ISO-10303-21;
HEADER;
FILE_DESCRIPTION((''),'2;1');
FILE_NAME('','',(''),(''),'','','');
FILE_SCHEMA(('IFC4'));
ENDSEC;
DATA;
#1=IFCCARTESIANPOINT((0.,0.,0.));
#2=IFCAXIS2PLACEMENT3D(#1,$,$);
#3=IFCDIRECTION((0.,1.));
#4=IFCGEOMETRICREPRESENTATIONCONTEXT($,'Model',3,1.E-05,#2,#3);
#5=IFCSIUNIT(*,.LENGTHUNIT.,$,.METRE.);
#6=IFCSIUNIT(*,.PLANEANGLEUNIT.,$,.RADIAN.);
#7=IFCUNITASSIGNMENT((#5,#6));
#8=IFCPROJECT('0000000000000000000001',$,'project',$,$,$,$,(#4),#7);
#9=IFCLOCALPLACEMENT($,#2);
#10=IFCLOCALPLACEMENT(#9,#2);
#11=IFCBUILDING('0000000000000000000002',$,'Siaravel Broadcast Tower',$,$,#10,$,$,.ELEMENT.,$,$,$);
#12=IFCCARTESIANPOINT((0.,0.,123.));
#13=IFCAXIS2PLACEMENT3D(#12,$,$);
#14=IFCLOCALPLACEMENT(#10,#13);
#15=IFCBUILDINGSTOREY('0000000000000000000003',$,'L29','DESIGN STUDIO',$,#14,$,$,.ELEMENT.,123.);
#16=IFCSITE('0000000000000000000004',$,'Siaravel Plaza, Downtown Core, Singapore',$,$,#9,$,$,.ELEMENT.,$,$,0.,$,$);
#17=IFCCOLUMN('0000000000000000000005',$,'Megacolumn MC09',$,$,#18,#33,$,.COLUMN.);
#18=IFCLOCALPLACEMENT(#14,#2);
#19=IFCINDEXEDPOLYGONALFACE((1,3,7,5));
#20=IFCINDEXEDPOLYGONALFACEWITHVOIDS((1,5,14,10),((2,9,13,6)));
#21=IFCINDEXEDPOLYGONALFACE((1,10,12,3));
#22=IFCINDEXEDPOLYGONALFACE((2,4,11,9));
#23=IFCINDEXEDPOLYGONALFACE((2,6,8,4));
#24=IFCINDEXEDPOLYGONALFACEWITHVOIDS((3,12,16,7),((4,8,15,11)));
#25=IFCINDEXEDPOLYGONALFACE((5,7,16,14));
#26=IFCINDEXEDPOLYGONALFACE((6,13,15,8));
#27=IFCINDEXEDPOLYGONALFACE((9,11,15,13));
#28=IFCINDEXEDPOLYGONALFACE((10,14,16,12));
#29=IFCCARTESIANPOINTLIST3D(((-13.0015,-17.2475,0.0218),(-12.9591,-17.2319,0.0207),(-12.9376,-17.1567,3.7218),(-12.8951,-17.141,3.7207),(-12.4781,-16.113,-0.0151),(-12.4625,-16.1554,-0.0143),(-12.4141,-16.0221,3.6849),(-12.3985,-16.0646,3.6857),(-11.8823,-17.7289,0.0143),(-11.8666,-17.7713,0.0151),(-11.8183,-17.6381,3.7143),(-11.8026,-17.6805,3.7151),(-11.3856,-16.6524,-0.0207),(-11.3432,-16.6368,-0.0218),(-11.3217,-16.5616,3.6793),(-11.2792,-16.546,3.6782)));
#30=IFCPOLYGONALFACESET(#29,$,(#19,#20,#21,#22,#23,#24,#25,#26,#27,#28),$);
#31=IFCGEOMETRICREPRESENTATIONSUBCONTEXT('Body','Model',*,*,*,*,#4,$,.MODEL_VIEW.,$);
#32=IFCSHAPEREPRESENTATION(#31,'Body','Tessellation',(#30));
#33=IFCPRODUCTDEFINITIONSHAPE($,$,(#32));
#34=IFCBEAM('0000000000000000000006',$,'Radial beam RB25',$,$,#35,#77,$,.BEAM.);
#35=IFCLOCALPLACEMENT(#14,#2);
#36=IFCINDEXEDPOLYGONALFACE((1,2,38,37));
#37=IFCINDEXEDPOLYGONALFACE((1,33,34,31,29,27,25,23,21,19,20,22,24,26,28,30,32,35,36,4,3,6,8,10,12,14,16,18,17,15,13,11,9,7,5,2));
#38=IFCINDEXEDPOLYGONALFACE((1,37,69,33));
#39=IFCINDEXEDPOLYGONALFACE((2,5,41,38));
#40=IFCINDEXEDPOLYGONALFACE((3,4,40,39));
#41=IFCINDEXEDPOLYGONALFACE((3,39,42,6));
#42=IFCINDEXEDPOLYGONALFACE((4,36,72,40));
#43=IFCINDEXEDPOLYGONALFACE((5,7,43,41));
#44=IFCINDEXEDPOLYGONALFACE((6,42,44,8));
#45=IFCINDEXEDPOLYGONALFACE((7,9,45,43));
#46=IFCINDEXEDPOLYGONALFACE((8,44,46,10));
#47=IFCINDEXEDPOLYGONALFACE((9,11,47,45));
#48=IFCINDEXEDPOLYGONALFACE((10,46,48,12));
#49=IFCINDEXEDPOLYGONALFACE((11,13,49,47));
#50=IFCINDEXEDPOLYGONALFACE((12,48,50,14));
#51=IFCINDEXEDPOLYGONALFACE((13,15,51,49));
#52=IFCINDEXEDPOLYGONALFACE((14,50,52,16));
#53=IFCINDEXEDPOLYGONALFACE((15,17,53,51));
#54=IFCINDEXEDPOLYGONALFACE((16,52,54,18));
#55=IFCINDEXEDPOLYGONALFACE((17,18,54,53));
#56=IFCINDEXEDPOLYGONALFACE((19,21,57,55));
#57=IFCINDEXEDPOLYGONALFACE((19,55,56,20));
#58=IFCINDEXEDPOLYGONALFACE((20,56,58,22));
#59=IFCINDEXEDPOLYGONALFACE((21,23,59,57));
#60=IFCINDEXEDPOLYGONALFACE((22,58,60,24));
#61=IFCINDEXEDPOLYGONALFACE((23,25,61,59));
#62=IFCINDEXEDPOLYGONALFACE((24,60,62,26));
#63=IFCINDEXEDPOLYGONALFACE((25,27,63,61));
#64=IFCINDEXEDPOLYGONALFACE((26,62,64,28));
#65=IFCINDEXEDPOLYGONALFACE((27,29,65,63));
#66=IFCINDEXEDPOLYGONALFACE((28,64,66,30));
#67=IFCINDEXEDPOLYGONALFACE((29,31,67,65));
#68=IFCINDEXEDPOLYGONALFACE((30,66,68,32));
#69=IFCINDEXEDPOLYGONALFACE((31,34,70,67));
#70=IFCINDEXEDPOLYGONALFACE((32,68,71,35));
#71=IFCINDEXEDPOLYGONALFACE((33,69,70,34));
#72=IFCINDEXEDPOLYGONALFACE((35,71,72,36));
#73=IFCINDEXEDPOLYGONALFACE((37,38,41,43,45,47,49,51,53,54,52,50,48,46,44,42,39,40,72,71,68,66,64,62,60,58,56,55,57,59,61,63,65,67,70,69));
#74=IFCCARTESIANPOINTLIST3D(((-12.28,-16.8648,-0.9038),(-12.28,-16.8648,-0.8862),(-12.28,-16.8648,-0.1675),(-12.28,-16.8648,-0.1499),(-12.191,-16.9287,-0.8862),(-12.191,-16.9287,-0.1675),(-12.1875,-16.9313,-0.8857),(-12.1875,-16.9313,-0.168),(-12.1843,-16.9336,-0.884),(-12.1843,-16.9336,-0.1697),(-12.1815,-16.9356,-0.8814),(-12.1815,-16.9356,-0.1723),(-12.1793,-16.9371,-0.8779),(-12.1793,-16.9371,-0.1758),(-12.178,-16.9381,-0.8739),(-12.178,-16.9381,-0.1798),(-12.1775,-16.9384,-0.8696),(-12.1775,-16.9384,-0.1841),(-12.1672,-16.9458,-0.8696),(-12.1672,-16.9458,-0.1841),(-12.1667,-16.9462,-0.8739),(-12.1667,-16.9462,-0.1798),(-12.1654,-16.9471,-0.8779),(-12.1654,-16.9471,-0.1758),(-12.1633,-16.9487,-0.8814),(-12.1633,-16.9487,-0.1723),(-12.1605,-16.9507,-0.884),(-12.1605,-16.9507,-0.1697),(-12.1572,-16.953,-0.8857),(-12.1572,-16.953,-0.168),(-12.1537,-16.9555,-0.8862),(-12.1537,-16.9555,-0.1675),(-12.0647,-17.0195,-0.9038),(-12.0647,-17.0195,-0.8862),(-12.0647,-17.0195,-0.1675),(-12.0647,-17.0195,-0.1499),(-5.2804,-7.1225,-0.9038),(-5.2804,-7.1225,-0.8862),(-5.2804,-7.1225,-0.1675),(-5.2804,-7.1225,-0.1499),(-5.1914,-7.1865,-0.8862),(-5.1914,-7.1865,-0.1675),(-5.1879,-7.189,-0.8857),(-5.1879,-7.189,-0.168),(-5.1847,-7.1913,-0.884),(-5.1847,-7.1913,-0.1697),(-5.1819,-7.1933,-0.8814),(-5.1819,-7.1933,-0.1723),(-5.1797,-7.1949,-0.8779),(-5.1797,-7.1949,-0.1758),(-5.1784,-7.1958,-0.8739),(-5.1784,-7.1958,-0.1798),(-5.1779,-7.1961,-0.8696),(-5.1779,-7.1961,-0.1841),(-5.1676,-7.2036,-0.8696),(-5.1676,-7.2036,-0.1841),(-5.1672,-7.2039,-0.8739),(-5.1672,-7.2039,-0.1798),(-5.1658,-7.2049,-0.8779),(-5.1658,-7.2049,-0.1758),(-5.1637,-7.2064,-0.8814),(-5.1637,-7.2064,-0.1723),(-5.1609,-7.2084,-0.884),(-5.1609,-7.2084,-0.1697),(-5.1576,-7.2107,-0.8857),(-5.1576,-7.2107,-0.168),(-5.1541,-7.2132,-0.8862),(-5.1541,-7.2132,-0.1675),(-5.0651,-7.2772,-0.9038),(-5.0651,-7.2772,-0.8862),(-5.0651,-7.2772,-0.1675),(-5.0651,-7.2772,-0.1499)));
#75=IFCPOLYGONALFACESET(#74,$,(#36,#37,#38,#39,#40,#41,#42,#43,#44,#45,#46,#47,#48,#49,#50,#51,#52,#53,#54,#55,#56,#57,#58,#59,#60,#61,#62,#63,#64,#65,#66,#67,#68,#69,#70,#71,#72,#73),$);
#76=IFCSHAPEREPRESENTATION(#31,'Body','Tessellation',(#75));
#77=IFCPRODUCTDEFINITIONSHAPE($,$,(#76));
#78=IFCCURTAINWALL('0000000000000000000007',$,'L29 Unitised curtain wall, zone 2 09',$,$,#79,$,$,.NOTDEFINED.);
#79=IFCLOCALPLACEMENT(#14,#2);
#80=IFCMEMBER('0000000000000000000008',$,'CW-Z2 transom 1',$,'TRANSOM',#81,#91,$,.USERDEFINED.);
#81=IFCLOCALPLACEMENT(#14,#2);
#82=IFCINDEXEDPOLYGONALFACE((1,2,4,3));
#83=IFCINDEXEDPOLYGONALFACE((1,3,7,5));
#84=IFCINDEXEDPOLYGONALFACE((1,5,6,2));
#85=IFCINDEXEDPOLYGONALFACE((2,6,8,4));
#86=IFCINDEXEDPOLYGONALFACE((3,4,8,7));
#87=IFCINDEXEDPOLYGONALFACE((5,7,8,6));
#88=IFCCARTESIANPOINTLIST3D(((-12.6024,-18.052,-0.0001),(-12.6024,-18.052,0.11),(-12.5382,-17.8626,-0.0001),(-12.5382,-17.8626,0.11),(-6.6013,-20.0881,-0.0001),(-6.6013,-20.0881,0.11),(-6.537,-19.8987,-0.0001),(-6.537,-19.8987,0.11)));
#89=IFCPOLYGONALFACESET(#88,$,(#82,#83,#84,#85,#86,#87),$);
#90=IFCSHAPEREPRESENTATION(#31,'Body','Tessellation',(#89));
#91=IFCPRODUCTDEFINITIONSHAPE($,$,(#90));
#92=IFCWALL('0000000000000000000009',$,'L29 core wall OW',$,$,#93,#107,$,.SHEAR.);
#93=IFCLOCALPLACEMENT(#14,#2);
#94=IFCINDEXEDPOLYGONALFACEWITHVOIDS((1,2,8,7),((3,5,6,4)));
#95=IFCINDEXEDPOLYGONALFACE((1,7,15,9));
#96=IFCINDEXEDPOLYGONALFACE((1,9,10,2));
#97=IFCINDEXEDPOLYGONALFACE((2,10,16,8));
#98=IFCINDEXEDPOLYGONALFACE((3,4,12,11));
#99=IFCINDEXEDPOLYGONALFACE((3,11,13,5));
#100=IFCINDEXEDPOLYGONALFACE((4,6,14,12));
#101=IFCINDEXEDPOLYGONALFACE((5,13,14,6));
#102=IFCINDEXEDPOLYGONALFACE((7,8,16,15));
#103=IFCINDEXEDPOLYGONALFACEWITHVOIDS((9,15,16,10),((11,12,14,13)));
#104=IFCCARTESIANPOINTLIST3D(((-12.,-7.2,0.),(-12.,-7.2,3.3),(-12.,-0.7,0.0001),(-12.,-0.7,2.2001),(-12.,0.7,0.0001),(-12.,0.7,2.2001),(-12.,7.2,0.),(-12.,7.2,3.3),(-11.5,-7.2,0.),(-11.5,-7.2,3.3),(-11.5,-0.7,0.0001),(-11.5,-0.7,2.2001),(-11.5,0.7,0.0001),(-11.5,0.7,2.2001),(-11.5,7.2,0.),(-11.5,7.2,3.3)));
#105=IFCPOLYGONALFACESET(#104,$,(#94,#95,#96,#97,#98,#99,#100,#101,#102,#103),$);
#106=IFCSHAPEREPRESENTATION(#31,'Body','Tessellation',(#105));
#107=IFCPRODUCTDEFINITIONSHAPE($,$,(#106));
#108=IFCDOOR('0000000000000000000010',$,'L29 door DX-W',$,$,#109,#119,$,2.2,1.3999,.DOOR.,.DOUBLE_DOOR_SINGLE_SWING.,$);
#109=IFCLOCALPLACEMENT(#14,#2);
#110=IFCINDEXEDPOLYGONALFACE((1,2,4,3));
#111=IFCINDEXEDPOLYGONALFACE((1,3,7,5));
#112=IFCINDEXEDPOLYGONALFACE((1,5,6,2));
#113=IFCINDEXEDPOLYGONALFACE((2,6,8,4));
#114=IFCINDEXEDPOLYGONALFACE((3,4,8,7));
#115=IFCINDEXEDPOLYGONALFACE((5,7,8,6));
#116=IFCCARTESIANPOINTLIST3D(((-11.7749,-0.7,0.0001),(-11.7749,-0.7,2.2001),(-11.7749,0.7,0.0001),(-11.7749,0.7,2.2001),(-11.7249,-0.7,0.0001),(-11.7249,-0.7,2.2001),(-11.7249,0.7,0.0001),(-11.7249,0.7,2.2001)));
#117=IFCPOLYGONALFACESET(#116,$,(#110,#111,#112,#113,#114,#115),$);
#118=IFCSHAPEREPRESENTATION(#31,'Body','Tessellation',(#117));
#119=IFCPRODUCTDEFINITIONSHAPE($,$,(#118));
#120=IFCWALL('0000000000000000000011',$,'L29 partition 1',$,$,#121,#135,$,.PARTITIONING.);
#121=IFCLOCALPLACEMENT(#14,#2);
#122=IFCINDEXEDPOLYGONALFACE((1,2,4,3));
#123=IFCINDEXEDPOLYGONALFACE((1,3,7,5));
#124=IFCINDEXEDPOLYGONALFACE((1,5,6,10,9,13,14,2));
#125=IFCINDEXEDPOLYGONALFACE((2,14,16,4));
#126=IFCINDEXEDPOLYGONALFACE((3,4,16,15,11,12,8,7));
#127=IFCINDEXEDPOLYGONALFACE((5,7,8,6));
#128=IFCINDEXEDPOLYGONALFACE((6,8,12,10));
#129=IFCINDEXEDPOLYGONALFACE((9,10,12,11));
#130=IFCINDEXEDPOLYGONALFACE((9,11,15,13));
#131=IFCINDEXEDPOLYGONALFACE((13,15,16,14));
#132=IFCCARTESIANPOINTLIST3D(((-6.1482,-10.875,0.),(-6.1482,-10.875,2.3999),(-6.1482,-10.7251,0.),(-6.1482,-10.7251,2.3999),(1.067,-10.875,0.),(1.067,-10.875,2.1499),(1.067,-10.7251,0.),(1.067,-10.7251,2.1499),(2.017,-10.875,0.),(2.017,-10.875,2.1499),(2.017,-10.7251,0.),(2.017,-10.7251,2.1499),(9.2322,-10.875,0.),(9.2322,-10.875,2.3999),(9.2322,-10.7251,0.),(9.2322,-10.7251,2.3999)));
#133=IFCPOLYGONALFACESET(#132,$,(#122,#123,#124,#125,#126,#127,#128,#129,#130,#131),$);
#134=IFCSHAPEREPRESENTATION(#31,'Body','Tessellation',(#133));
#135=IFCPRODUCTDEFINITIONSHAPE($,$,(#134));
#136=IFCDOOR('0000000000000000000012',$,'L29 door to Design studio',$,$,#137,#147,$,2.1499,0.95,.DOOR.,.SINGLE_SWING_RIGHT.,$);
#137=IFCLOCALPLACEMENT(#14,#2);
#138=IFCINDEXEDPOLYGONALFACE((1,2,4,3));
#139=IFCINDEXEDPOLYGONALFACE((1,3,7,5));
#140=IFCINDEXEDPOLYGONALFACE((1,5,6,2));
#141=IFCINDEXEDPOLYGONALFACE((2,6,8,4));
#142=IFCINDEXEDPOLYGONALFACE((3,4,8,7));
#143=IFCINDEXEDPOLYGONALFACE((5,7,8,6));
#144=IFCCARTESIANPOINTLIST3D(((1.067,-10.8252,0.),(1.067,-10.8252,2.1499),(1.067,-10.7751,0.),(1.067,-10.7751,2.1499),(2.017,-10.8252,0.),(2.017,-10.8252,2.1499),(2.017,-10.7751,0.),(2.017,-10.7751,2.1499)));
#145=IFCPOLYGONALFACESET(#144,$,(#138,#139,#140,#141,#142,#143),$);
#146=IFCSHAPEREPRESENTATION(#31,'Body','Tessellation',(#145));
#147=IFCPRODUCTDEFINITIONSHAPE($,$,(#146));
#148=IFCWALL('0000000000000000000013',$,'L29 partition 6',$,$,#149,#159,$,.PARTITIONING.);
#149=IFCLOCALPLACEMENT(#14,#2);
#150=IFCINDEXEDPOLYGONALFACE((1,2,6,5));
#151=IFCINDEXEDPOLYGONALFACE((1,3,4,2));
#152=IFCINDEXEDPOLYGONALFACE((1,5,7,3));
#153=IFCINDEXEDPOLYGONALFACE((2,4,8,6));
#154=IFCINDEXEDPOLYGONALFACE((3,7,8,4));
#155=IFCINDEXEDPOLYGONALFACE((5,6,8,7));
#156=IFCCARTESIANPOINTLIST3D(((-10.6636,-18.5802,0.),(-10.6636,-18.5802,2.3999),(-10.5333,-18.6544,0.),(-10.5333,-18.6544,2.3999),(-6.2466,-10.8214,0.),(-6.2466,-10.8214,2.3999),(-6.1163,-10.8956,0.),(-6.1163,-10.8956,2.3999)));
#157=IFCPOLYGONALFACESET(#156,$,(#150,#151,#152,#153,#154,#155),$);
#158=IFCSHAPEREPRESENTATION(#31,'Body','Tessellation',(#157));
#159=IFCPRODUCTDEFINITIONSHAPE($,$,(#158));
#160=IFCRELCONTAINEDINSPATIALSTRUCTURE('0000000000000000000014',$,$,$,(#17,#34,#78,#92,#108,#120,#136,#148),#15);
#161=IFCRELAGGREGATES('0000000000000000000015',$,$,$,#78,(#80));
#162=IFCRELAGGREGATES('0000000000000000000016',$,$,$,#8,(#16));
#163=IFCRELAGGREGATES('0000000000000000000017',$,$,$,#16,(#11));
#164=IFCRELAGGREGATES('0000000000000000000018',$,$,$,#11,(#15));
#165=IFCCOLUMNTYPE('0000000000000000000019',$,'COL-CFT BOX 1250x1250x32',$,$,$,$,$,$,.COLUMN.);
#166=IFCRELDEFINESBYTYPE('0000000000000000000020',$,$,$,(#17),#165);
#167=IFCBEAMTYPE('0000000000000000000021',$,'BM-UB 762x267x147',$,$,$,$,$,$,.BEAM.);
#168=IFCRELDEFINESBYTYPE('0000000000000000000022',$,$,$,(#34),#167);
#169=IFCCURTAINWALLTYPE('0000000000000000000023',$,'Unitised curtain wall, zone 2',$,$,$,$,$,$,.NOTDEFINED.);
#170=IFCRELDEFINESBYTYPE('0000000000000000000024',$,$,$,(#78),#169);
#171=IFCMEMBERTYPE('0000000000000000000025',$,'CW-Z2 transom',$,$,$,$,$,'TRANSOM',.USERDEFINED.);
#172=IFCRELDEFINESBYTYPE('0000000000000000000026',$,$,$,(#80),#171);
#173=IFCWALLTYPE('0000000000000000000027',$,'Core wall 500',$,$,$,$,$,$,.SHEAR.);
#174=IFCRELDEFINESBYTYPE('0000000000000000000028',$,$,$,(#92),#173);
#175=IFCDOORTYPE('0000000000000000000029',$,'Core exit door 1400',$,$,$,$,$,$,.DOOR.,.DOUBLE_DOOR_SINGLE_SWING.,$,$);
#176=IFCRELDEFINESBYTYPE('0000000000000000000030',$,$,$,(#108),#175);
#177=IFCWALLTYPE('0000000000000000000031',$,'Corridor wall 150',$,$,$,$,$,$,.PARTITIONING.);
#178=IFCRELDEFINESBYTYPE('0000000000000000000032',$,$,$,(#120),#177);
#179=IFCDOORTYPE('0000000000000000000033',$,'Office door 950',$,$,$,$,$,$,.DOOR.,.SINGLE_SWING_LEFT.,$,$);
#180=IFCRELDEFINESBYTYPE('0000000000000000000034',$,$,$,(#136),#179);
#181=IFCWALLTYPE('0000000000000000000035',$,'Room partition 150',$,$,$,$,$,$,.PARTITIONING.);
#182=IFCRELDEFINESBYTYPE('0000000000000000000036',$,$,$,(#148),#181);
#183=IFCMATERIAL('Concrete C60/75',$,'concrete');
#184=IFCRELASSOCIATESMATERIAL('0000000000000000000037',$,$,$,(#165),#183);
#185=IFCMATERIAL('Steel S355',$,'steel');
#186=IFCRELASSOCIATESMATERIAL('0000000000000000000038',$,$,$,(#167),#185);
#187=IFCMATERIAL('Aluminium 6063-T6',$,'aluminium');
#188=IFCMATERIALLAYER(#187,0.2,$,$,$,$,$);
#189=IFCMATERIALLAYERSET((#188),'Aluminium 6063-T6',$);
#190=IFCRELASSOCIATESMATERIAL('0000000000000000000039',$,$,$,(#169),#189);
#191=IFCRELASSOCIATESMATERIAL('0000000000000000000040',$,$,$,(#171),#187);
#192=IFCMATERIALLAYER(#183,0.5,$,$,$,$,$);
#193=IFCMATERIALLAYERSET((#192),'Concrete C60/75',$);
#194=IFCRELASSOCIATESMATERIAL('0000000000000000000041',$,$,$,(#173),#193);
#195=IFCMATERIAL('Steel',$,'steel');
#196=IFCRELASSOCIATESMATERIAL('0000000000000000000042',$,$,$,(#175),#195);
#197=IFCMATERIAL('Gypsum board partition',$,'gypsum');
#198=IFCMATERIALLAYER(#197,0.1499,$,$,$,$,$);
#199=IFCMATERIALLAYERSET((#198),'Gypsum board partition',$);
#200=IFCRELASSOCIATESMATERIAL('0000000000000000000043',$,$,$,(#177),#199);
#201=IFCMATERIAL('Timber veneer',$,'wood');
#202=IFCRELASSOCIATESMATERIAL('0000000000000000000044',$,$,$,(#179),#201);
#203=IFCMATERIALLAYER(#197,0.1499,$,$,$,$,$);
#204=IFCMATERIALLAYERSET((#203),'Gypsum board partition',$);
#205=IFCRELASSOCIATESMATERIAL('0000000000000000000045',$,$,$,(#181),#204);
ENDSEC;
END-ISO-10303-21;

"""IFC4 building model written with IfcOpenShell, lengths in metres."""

from ifc_helpers import new_model, si_unit, direction, frame, frame_2d, origin, origin_2d, place, context, subcontext, project, spatial, rectangle, hollow_rectangle, i_section, extrude, material, layer, layer_set, material_profile, profile_set, type_object, element, fill, aggregate, save


model = new_model("IFC4")

# Units and contexts
model_context = context("Model", 3, precision=1e-05, world=origin(), true_north=direction((0.0, 1.0)))
body_context = subcontext(model_context, "Body", "Model", "MODEL_VIEW")
ifc_project = project(units=[si_unit("LENGTHUNIT", "METRE"), si_unit("PLANEANGLEUNIT", "RADIAN")], contexts=[model_context])

# Site, building, storey
site_placement = place(None, origin())
site = spatial("IfcSite", under=ifc_project, at=site_placement, Name="Siaravel Plaza, Downtown Core, Singapore", CompositionType="ELEMENT", RefElevation=0.0)
building_placement = place(site_placement, origin())
building = spatial("IfcBuilding", under=site, at=building_placement, Name="Siaravel Broadcast Tower", CompositionType="ELEMENT")
storey_placement = place(building_placement, frame((0.0, 0.0, 123.0)))
storey = spatial("IfcBuildingStorey", under=building, at=storey_placement, Name="L29", Description="DESIGN STUDIO", CompositionType="ELEMENT", Elevation=123.0)

# Column
ifc_material_1 = material(Name="Concrete C60/75", Category="concrete")
ifc_material_profile_1 = material_profile(ifc_material_1, hollow_rectangle(XDim=1.25, YDim=1.25, WallThickness=0.032, at=origin_2d()))
ifc_profile_set_1 = profile_set([ifc_material_profile_1], Name="Concrete C60/75")
column_type = type_object("IfcColumnType", Name="COL-CFT BOX 1250x1250x32", PredefinedType="COLUMN", material=ifc_profile_set_1)
column_placement = place(storey_placement, frame((-12.1724, -16.9421, 0.0), z_axis=(0.01728, 0.024535, 0.99955), x_axis=(-0.907942, 0.41906, 0.00541)))
element("IfcColumn", 1, at=column_placement, inside=storey, type_object=column_type, Name="Megacolumn MC09", PredefinedType="COLUMN", context=body_context, shape_type="SweptSolid", body=[
    extrude(hollow_rectangle(XDim=1.25, YDim=1.25, WallThickness=0.032, at=origin_2d()), origin(), (0.0, 0.0, 1.0), 3.7017),
])

# Beam
ifc_material_2 = material(Name="Steel S355", Category="steel")
ifc_material_profile_2 = material_profile(ifc_material_2, i_section(OverallWidth=0.2651, OverallDepth=0.7539, WebThickness=0.0127, FlangeThickness=0.0176, FilletRadius=0.0166, at=origin_2d()))
ifc_profile_set_2 = profile_set([ifc_material_profile_2], Name="Steel S355")
beam_type = type_object("IfcBeamType", Name="BM-UB 762x267x147", PredefinedType="BEAM", material=ifc_profile_set_2)
beam_placement = place(storey_placement, frame((-12.1724, -16.9421, -0.5269), z_axis=(0.583488, 0.812121, 0.0), x_axis=(-0.812121, 0.583488, 0.0)))
element("IfcBeam", 2, at=beam_placement, inside=storey, type_object=beam_type, Name="Radial beam RB25", PredefinedType="BEAM", context=body_context, shape_type="SweptSolid", body=[
    extrude(i_section(OverallWidth=0.2651, OverallDepth=0.7539, WebThickness=0.0127, FlangeThickness=0.0176, FilletRadius=0.0166, at=origin_2d()), origin(), (0.0, 0.0, 1.0), 11.9961),
])

# Curtain wall, member
ifc_material_3 = material(Name="Aluminium 6063-T6", Category="aluminium")
ifc_layer_1 = layer(ifc_material_3, 0.2)
ifc_layer_set_1 = layer_set([ifc_layer_1], Name="Aluminium 6063-T6")
curtain_wall_type = type_object("IfcCurtainWallType", Name="Unitised curtain wall, zone 2", PredefinedType="NOTDEFINED", material=ifc_layer_set_1)
curtain_wall_placement = place(storey_placement, origin())
curtain_wall = element("IfcCurtainWall", 3, at=curtain_wall_placement, inside=storey, type_object=curtain_wall_type, Name="L29 Unitised curtain wall, zone 2 09", PredefinedType="NOTDEFINED")
ifc_material_profile_3 = material_profile(ifc_material_3, rectangle(XDim=0.2, YDim=0.1101, at=origin_2d()))
ifc_profile_set_3 = profile_set([ifc_material_profile_3], Name="Aluminium 6063-T6")
member_type = type_object("IfcMemberType", Name="CW-Z2 transom", ElementType="TRANSOM", PredefinedType="USERDEFINED", material=ifc_profile_set_3)
member_placement = place(storey_placement, frame((-12.5703, -17.9573, 0.0549), z_axis=(0.946978, -0.321297, 0.0), x_axis=(0.321297, 0.946978, 0.0)))
member = element("IfcMember", 4, at=member_placement, type_object=member_type, Name="CW-Z2 transom 1", ObjectType="TRANSOM", PredefinedType="USERDEFINED", context=body_context, shape_type="SweptSolid", body=[
    extrude(rectangle(XDim=0.2, YDim=0.1101, at=origin_2d()), origin(), (0.0, 0.0, 1.0), 6.3372),
])
aggregate(curtain_wall, [member])

# Wall, opening, door
ifc_layer_2 = layer(ifc_material_1, 0.5)
ifc_layer_set_2 = layer_set([ifc_layer_2], Name="Concrete C60/75")
wall_type_1 = type_object("IfcWallType", Name="Core wall 500", PredefinedType="SHEAR", material=ifc_layer_set_2)
wall_1_placement = place(storey_placement, frame((-11.75, -7.2, 0.0), z_axis=(0.0, 0.0, 1.0), x_axis=(0.0, 1.0, 0.0)))
wall_1 = element("IfcWall", 5, at=wall_1_placement, inside=storey, type_object=wall_type_1, Name="L29 core wall OW", PredefinedType="SHEAR", context=body_context, shape_type="SweptSolid", body=[
    extrude(rectangle(XDim=14.3999, YDim=0.5, at=frame_2d((7.2, 0.0))), origin(), (0.0, 0.0, 1.0), 3.3),
])
opening_1_placement = place(wall_1_placement, frame((6.5, 0.0, 0.0)))
opening_1 = element("IfcOpeningElement", 6, at=opening_1_placement, cuts=wall_1, PredefinedType="OPENING", context=body_context, shape_type="SweptSolid", body=[
    extrude(rectangle(XDim=1.3999, YDim=2.2, at=frame_2d((0.7, 1.1001))), frame((0.0, 0.26, 0.0), z_axis=(0.0, -1.0, 0.0), x_axis=(1.0, 0.0, 0.0)), (0.0, 0.0, 1.0), 0.52),
])
ifc_material_4 = material(Name="Steel", Category="steel")
door_type_1 = type_object("IfcDoorType", Name="Core exit door 1400", OperationType="DOUBLE_DOOR_SINGLE_SWING", PredefinedType="DOOR", material=ifc_material_4)
door_1_placement = place(opening_1_placement, origin())
door_1 = element("IfcDoor", 7, at=door_1_placement, inside=storey, type_object=door_type_1, Name="L29 door DX-W", OperationType="DOUBLE_DOOR_SINGLE_SWING", OverallHeight=2.2, OverallWidth=1.3999, PredefinedType="DOOR", context=body_context, shape_type="SweptSolid", body=[
    extrude(rectangle(XDim=1.3999, YDim=2.2, at=frame_2d((0.7, 1.1001))), frame((0.0, 0.0249, 0.0), z_axis=(0.0, -1.0, 0.0), x_axis=(1.0, 0.0, 0.0)), (0.0, 0.0, 1.0), 0.05),
])
fill(opening_1, door_1)

# Wall, opening, door
ifc_material_5 = material(Name="Gypsum board partition", Category="gypsum")
ifc_layer_3 = layer(ifc_material_5, 0.1499)
ifc_layer_set_3 = layer_set([ifc_layer_3], Name="Gypsum board partition")
wall_type_2 = type_object("IfcWallType", Name="Corridor wall 150", PredefinedType="PARTITIONING", material=ifc_layer_set_3)
wall_2_placement = place(storey_placement, frame((-6.1482, -10.8, 0.0), z_axis=(0.0, 0.0, 1.0), x_axis=(1.0, 0.0, 0.0)))
wall_2 = element("IfcWall", 8, at=wall_2_placement, inside=storey, type_object=wall_type_2, Name="L29 partition 1", PredefinedType="PARTITIONING", context=body_context, shape_type="SweptSolid", body=[
    extrude(rectangle(XDim=15.3804, YDim=0.1499, at=frame_2d((7.6902, 0.0))), origin(), (0.0, 0.0, 1.0), 2.3999),
])
opening_2_placement = place(wall_2_placement, frame((7.2151, 0.0, 0.0)))
opening_2 = element("IfcOpeningElement", 9, at=opening_2_placement, cuts=wall_2, PredefinedType="OPENING", context=body_context, shape_type="SweptSolid", body=[
    extrude(rectangle(XDim=0.95, YDim=2.1499, at=frame_2d((0.4751, 1.075))), frame((0.0, 0.085, 0.0), z_axis=(0.0, -1.0, 0.0), x_axis=(1.0, 0.0, 0.0)), (0.0, 0.0, 1.0), 0.1699),
])
ifc_material_6 = material(Name="Timber veneer", Category="wood")
door_type_2 = type_object("IfcDoorType", Name="Office door 950", OperationType="SINGLE_SWING_LEFT", PredefinedType="DOOR", material=ifc_material_6)
door_2_placement = place(opening_2_placement, origin())
door_2 = element("IfcDoor", 10, at=door_2_placement, inside=storey, type_object=door_type_2, Name="L29 door to Design studio", OperationType="SINGLE_SWING_RIGHT", OverallHeight=2.1499, OverallWidth=0.95, PredefinedType="DOOR", context=body_context, shape_type="SweptSolid", body=[
    extrude(rectangle(XDim=0.95, YDim=2.1499, at=frame_2d((0.4751, 1.075))), frame((0.0, 0.0249, 0.0), z_axis=(0.0, -1.0, 0.0), x_axis=(1.0, 0.0, 0.0)), (0.0, 0.0, 1.0), 0.05),
])
fill(opening_2, door_2)

# Wall
ifc_layer_4 = layer(ifc_material_5, 0.1499)
ifc_layer_set_4 = layer_set([ifc_layer_4], Name="Gypsum board partition")
wall_type_3 = type_object("IfcWallType", Name="Room partition 150", PredefinedType="PARTITIONING", material=ifc_layer_set_4)
wall_3_placement = place(storey_placement, frame((-10.5984, -18.6172, 0.0), z_axis=(0.0, 0.0, 1.0), x_axis=(0.494737, 0.869043, 0.0)))
element("IfcWall", 11, at=wall_3_placement, inside=storey, type_object=wall_type_3, Name="L29 partition 6", PredefinedType="PARTITIONING", context=body_context, shape_type="SweptSolid", body=[
    extrude(rectangle(XDim=8.928, YDim=0.1499, at=frame_2d((4.4639, 0.0))), origin(), (0.0, 0.0, 1.0), 2.3999),
])

save(model, "model.ifc")
